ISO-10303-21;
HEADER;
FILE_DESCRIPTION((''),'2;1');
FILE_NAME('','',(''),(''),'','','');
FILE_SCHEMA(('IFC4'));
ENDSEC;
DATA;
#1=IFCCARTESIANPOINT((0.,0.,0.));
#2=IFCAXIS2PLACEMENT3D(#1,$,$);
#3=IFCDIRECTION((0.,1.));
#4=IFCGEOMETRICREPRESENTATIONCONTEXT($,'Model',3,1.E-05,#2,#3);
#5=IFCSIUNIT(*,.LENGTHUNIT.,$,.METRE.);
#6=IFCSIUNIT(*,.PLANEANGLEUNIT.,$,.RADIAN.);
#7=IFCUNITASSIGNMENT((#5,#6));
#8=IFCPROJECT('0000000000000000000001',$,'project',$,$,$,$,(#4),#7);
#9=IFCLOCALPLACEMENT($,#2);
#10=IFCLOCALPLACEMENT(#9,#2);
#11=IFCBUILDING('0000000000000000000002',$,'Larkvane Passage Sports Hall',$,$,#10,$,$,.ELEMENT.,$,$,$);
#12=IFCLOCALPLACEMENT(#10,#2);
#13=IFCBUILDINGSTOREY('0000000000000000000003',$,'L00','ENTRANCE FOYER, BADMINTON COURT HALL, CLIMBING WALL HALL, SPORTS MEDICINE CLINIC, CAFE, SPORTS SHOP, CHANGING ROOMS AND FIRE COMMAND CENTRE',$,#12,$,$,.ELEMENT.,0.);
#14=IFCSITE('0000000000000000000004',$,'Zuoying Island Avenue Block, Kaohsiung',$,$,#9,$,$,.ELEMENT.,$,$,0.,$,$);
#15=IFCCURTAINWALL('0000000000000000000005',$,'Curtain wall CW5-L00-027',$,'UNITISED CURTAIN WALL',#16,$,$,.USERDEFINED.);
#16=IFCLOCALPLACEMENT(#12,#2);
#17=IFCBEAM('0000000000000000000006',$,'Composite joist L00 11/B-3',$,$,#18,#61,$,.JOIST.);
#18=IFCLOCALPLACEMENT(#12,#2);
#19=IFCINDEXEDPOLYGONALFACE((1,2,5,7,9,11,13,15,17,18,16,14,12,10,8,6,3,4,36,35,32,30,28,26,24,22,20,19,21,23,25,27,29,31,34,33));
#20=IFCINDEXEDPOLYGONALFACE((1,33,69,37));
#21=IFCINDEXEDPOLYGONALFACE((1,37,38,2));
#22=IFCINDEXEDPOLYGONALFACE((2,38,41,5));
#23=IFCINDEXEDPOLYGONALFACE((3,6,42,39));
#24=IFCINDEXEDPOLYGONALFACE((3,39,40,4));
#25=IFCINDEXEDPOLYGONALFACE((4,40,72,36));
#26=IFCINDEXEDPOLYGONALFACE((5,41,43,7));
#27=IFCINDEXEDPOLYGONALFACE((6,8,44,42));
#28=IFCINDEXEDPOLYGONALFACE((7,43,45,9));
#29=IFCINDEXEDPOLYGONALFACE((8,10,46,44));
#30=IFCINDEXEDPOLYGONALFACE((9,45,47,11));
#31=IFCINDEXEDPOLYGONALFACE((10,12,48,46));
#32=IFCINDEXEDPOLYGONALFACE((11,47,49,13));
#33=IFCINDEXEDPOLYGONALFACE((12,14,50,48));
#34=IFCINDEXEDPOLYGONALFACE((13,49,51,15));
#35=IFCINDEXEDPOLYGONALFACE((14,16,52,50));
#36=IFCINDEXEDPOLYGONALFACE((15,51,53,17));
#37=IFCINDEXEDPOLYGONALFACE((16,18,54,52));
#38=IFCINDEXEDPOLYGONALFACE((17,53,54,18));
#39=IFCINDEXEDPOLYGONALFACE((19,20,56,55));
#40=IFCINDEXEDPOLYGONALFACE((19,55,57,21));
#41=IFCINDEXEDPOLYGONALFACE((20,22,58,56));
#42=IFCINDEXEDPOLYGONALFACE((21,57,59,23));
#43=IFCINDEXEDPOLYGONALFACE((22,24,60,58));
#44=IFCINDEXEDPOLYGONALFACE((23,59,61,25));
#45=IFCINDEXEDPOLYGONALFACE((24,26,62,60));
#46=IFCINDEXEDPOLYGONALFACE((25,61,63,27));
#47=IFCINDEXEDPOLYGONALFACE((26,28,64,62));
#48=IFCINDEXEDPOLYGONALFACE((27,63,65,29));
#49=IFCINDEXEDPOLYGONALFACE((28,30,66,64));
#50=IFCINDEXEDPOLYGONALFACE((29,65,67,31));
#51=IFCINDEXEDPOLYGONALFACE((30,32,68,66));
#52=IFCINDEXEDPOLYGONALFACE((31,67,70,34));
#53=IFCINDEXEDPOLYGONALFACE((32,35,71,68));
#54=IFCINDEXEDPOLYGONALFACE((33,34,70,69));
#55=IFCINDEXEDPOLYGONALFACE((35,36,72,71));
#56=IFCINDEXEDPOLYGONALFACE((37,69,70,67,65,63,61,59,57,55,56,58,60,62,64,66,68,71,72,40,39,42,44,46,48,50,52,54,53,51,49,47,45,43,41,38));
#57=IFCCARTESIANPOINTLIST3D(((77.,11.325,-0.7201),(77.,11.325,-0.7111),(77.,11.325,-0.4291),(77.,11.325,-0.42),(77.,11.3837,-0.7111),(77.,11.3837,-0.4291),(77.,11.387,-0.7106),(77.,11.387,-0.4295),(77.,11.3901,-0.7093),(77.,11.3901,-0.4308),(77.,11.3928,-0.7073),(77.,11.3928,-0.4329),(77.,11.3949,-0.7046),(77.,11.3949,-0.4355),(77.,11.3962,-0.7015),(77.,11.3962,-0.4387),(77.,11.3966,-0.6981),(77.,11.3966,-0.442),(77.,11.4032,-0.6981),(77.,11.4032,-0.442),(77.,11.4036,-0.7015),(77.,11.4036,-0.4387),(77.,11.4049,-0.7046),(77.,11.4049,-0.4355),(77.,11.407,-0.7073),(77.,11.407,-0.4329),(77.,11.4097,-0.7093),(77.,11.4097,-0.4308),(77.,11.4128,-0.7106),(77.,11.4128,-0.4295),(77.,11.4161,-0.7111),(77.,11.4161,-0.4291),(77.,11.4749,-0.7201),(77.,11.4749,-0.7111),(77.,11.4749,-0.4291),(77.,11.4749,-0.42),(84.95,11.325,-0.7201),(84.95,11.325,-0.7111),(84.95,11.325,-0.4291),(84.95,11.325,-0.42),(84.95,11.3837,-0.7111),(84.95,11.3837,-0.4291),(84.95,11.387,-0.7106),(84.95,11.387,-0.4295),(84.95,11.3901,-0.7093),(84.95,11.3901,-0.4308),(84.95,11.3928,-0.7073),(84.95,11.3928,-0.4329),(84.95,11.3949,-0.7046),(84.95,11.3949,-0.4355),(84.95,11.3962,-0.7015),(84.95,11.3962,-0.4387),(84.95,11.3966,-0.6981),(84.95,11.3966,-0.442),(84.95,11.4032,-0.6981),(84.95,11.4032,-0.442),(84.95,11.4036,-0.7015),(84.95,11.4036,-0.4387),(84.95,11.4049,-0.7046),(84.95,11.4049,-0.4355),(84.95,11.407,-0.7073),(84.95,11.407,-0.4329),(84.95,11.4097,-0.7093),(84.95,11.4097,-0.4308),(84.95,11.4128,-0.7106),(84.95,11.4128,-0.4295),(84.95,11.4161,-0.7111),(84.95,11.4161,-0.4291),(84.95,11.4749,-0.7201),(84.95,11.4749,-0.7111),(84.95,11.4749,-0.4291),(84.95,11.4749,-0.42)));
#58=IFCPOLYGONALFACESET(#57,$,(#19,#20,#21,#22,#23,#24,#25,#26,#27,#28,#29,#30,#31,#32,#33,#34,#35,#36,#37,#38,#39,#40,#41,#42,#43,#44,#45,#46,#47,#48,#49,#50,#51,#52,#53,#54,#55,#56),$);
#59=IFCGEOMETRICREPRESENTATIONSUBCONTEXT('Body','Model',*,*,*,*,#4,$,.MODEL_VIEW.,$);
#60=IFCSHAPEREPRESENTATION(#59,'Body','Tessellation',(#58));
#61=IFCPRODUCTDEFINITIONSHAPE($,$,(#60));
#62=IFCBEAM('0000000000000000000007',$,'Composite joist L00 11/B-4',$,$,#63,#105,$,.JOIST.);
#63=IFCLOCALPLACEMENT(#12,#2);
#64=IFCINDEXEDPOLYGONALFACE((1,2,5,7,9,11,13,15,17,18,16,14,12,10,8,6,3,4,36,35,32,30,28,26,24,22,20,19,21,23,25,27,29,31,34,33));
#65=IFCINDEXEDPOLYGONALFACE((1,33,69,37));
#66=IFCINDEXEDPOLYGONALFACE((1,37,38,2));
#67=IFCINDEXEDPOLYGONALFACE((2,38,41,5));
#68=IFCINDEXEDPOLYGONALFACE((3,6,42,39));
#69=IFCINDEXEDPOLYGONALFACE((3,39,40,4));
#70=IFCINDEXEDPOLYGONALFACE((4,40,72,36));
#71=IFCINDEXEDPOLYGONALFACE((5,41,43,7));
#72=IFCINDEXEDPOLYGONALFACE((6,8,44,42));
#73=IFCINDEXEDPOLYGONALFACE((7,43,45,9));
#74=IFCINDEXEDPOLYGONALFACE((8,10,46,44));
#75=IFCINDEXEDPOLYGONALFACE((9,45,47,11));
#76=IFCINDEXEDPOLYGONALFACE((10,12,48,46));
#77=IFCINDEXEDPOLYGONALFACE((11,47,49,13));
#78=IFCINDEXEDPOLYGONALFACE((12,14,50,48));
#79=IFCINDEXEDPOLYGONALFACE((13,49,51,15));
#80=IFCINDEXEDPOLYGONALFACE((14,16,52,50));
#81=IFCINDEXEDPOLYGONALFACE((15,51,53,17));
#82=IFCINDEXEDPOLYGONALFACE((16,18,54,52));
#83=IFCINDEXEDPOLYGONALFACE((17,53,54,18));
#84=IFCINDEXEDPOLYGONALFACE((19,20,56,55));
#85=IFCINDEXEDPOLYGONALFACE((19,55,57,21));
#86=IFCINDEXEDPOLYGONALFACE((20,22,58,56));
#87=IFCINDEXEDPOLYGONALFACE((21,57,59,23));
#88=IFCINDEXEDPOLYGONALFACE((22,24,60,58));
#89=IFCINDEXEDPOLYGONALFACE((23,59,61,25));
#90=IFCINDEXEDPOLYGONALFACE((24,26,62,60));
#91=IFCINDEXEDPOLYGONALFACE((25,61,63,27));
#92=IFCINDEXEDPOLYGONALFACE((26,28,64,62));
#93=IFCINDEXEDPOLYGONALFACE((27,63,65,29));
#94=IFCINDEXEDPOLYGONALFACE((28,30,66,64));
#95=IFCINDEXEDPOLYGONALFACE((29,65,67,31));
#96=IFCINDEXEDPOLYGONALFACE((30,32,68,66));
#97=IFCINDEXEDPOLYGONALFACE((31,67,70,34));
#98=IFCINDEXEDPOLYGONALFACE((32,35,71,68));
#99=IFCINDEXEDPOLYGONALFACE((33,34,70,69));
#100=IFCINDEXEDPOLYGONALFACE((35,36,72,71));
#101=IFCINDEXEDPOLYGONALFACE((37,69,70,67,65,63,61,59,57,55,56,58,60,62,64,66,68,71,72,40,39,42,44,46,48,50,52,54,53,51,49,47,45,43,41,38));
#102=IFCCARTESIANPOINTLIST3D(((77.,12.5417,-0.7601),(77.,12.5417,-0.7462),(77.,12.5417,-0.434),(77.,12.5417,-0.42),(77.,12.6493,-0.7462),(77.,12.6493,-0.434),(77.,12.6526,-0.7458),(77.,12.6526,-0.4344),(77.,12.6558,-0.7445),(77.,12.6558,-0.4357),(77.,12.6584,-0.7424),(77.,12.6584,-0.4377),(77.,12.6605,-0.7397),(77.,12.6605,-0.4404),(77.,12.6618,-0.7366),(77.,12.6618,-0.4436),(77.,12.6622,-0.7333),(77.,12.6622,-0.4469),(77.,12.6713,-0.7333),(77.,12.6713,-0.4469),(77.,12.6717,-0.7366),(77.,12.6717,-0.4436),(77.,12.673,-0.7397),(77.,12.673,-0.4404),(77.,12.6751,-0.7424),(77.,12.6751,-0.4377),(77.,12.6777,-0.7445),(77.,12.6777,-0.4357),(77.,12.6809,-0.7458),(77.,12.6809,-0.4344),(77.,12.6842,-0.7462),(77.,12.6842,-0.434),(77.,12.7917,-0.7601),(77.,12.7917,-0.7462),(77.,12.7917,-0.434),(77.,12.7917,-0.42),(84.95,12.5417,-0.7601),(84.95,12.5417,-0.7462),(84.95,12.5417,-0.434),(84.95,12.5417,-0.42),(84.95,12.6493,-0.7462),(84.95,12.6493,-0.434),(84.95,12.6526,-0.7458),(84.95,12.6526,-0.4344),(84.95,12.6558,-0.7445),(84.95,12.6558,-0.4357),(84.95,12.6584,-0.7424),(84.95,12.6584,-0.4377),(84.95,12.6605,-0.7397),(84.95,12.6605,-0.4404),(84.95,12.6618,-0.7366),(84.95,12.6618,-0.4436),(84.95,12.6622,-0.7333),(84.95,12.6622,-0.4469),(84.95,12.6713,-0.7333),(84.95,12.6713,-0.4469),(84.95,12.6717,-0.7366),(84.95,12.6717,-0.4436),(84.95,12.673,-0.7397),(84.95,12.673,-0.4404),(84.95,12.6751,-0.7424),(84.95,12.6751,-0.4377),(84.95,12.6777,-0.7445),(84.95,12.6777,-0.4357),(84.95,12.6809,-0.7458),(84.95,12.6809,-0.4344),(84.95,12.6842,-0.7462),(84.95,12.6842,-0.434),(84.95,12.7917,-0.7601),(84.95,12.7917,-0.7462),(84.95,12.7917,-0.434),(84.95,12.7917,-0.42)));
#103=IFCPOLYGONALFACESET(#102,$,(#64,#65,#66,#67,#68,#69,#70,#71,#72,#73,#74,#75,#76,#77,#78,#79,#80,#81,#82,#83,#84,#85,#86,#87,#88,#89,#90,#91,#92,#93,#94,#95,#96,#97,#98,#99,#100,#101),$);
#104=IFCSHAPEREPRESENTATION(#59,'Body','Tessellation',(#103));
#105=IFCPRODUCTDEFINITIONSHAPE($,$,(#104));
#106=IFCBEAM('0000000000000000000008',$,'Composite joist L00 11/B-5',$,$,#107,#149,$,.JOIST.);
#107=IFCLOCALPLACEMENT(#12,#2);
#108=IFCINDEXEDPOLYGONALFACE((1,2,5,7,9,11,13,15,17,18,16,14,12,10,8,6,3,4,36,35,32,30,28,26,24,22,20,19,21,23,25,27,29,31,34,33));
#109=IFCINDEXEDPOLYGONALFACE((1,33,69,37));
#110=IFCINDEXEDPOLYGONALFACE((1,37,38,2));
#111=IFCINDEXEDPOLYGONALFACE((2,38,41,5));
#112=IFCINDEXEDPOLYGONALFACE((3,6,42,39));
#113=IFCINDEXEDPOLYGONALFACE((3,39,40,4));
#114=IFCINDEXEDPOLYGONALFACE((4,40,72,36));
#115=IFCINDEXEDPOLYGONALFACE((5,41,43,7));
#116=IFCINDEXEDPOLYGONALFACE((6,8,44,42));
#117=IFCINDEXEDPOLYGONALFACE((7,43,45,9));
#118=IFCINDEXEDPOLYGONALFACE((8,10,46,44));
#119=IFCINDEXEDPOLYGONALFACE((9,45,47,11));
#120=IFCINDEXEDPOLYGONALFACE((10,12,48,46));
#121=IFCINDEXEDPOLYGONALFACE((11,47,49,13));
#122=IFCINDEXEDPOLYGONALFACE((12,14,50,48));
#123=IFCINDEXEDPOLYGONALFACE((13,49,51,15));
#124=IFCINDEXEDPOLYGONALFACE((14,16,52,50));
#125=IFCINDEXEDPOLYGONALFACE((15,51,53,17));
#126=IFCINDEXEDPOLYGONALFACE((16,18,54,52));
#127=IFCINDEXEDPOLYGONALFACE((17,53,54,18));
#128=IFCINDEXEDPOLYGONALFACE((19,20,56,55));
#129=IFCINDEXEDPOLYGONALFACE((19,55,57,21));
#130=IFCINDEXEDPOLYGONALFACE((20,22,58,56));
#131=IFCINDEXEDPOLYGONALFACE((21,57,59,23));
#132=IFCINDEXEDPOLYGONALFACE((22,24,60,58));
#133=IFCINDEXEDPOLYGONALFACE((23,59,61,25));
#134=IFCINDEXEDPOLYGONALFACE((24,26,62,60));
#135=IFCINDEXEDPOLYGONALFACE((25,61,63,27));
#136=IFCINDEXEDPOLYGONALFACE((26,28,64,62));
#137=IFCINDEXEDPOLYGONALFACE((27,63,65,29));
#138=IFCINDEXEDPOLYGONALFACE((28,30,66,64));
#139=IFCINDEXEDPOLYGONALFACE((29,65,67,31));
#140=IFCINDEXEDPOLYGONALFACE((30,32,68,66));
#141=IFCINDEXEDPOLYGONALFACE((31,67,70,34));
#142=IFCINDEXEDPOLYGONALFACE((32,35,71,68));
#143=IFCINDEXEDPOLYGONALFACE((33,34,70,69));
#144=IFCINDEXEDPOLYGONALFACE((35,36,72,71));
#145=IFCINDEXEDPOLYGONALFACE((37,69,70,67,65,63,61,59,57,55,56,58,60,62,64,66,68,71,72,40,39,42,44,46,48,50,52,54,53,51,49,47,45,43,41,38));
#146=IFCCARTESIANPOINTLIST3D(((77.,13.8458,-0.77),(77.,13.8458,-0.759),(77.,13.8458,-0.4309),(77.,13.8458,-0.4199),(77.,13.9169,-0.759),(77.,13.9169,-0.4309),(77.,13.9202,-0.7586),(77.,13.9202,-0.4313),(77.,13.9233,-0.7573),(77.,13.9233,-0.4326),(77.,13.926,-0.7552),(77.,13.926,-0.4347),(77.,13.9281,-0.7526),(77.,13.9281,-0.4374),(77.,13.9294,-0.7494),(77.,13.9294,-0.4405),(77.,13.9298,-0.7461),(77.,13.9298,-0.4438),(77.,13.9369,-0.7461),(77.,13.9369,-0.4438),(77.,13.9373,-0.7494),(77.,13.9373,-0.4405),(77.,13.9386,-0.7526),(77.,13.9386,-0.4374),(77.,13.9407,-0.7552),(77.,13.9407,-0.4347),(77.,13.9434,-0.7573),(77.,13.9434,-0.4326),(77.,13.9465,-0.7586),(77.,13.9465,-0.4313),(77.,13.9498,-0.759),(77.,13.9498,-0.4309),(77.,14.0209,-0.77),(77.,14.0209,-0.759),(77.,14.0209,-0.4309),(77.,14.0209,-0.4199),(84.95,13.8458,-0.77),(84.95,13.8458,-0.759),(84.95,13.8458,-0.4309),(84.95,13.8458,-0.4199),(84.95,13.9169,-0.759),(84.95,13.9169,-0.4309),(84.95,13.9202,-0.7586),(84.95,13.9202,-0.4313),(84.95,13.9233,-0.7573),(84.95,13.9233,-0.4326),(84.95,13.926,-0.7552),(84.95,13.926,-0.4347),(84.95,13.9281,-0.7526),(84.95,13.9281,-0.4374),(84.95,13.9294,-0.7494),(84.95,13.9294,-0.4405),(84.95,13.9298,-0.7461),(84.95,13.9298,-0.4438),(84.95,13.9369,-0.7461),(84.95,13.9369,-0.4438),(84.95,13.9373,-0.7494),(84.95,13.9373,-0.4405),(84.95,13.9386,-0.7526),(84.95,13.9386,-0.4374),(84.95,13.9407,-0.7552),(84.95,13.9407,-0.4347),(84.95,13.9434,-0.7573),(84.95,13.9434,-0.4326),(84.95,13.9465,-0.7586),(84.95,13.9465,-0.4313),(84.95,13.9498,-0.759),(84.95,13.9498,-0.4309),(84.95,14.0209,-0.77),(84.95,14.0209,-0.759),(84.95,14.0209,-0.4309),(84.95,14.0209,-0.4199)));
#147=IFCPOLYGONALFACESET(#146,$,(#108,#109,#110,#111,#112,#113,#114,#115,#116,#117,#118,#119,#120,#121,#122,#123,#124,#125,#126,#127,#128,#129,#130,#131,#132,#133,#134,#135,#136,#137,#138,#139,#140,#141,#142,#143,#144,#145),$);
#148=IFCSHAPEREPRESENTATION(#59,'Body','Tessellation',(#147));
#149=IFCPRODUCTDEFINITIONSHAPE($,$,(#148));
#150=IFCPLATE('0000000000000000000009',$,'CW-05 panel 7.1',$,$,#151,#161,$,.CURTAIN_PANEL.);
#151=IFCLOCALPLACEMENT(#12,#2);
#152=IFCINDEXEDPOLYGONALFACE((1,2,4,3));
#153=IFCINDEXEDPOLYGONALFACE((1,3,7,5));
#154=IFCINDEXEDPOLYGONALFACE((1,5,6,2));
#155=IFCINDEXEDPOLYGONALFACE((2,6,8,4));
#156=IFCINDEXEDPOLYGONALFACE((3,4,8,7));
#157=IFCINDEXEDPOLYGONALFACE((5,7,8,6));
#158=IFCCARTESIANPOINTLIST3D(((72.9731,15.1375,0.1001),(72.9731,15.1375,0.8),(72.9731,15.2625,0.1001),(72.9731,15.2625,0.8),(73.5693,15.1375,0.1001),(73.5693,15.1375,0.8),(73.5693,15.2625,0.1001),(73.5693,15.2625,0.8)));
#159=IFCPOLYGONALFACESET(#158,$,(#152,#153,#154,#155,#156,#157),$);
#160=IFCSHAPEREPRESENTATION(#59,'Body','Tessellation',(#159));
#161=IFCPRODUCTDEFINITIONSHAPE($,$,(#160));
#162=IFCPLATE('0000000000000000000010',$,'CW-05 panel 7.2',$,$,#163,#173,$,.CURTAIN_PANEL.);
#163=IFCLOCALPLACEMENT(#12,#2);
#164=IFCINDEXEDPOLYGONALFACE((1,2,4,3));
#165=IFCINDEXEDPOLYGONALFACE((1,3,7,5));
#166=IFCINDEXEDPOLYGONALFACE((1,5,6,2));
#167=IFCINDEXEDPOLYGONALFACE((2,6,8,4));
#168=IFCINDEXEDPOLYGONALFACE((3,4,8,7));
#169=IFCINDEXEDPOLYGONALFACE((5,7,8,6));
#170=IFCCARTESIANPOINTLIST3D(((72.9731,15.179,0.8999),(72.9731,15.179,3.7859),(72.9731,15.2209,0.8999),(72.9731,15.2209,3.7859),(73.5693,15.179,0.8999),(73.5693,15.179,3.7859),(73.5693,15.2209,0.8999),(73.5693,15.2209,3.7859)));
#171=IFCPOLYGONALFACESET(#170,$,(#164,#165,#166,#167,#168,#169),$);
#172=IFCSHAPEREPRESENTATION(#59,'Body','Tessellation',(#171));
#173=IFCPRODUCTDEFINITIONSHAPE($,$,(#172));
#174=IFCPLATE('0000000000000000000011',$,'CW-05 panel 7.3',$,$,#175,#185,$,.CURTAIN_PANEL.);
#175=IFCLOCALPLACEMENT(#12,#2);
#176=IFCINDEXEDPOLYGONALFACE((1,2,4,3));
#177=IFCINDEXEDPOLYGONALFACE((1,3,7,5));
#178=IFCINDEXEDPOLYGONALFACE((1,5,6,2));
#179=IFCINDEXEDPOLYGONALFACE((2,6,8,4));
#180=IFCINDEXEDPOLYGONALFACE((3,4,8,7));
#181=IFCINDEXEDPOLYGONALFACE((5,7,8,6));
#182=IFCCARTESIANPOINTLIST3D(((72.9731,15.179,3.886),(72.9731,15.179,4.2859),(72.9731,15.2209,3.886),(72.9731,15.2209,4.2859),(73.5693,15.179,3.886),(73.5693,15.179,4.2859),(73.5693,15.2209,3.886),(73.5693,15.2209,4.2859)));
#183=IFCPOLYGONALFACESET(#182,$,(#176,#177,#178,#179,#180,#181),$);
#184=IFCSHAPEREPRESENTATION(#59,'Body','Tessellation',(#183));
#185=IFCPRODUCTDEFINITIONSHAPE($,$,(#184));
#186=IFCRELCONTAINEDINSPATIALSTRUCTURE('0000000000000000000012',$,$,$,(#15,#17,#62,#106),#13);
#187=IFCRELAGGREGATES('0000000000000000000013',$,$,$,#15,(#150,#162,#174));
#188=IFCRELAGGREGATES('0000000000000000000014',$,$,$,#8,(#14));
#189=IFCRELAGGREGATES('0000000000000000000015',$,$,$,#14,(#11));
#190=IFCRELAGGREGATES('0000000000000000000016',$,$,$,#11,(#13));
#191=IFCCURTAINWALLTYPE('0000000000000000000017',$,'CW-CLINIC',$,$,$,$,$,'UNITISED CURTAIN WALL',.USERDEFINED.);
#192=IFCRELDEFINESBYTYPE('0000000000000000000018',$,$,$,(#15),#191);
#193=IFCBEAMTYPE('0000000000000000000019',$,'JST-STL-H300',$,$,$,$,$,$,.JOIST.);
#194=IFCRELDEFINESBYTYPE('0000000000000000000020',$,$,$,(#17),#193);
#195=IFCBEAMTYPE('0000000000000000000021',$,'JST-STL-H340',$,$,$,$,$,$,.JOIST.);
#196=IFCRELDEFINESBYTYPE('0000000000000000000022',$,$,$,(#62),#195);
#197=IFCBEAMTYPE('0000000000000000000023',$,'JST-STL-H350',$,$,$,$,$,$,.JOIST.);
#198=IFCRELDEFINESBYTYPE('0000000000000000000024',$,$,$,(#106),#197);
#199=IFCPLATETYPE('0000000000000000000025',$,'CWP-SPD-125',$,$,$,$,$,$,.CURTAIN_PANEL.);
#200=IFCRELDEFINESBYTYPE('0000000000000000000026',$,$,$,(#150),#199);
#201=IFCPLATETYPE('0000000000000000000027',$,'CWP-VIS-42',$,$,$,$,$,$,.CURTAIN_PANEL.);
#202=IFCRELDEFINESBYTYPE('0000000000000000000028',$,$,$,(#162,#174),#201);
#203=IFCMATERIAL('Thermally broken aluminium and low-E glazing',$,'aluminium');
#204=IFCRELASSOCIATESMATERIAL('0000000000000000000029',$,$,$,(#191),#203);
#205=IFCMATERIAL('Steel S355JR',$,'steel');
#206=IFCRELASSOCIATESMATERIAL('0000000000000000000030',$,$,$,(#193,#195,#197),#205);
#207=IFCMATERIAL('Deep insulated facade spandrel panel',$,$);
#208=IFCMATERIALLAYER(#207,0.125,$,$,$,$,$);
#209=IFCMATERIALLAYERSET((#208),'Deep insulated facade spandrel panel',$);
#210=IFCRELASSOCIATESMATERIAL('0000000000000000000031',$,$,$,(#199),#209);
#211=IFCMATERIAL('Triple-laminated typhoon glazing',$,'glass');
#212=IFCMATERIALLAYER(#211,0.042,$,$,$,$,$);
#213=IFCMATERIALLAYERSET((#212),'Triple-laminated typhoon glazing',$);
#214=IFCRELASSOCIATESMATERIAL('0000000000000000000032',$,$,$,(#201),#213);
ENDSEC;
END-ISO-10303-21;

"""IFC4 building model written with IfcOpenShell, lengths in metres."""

from ifc_helpers import new_model, si_unit, direction, frame, origin, origin_2d, place, context, subcontext, project, spatial, rectangle, i_section, extrude, material, layer, layer_set, material_profile, profile_set, type_object, element, aggregate, save


model = new_model("IFC4")

# Units and contexts
model_context = context("Model", 3, precision=1e-05, world=origin(), true_north=direction((0.0, 1.0)))
body_context = subcontext(model_context, "Body", "Model", "MODEL_VIEW")
ifc_project = project(units=[si_unit("LENGTHUNIT", "METRE"), si_unit("PLANEANGLEUNIT", "RADIAN")], contexts=[model_context])

# Site, building, storey
site_placement = place(None, origin())
site = spatial("IfcSite", under=ifc_project, at=site_placement, Name="Zuoying Island Avenue Block, Kaohsiung", CompositionType="ELEMENT", RefElevation=0.0)
building_placement = place(site_placement, origin())
building = spatial("IfcBuilding", under=site, at=building_placement, Name="Larkvane Passage Sports Hall", CompositionType="ELEMENT")
storey_placement = place(building_placement, origin())
storey = spatial("IfcBuildingStorey", under=building, at=storey_placement, Name="L00", Description="ENTRANCE FOYER, BADMINTON COURT HALL, CLIMBING WALL HALL, SPORTS MEDICINE CLINIC, CAFE, SPORTS SHOP, CHANGING ROOMS AND FIRE COMMAND CENTRE", CompositionType="ELEMENT", Elevation=0.0)

# Shared definitions
ifc_material_1 = material(Name="Steel S355JR", Category="steel")

# Curtain wall
ifc_material_2 = material(Name="Thermally broken aluminium and low-E glazing", Category="aluminium")
curtain_wall_type = type_object("IfcCurtainWallType", Name="CW-CLINIC", ElementType="UNITISED CURTAIN WALL", PredefinedType="USERDEFINED", material=ifc_material_2)
curtain_wall_placement = place(storey_placement, origin())
curtain_wall = element("IfcCurtainWall", 1, at=curtain_wall_placement, inside=storey, type_object=curtain_wall_type, Name="Curtain wall CW5-L00-027", ObjectType="UNITISED CURTAIN WALL", PredefinedType="USERDEFINED")

# Beams
ifc_material_profile_1 = material_profile(ifc_material_1, i_section(OverallWidth=0.1499, OverallDepth=0.3, WebThickness=0.0066, FlangeThickness=0.009, FilletRadius=0.0129, at=origin_2d()), Name="H-300x150x6.5x9")
ifc_profile_set_1 = profile_set([ifc_material_profile_1], Name="Steel S355JR")
beam_type_1 = type_object("IfcBeamType", Name="JST-STL-H300", PredefinedType="JOIST", material=ifc_profile_set_1)
beam_1_placement = place(storey_placement, frame((77.0, 11.3999, -0.5701), z_axis=(1.0, 0.0, 0.0), x_axis=(0.0, 1.0, 0.0)))
element("IfcBeam", 2, at=beam_1_placement, inside=storey, type_object=beam_type_1, Name="Composite joist L00 11/B-3", PredefinedType="JOIST", context=body_context, shape_type="SweptSolid", body=[
    extrude(i_section(OverallWidth=0.1499, OverallDepth=0.3, WebThickness=0.0066, FlangeThickness=0.009, FilletRadius=0.0129, at=origin_2d()), origin(), (0.0, 0.0, 1.0), 7.95),
])
ifc_material_profile_2 = material_profile(ifc_material_1, i_section(OverallWidth=0.25, OverallDepth=0.3401, WebThickness=0.009, FlangeThickness=0.0139, FilletRadius=0.0129, at=origin_2d()), Name="H-340x250x9x14")
ifc_profile_set_2 = profile_set([ifc_material_profile_2], Name="Steel S355JR")
beam_type_2 = type_object("IfcBeamType", Name="JST-STL-H340", PredefinedType="JOIST", material=ifc_profile_set_2)
beam_2_placement = place(storey_placement, frame((77.0, 12.6667, -0.5901), z_axis=(1.0, 0.0, 0.0), x_axis=(0.0, 1.0, 0.0)))
element("IfcBeam", 3, at=beam_2_placement, inside=storey, type_object=beam_type_2, Name="Composite joist L00 11/B-4", PredefinedType="JOIST", context=body_context, shape_type="SweptSolid", body=[
    extrude(i_section(OverallWidth=0.25, OverallDepth=0.3401, WebThickness=0.009, FlangeThickness=0.0139, FilletRadius=0.0129, at=origin_2d()), origin(), (0.0, 0.0, 1.0), 7.95),
])
ifc_material_profile_3 = material_profile(ifc_material_1, i_section(OverallWidth=0.175, OverallDepth=0.3501, WebThickness=0.0071, FlangeThickness=0.011, FilletRadius=0.0129, at=origin_2d()), Name="H-350x175x7x11")
ifc_profile_set_3 = profile_set([ifc_material_profile_3], Name="Steel S355JR")
beam_type_3 = type_object("IfcBeamType", Name="JST-STL-H350", PredefinedType="JOIST", material=ifc_profile_set_3)
beam_3_placement = place(storey_placement, frame((77.0, 13.9333, -0.595), z_axis=(1.0, 0.0, 0.0), x_axis=(0.0, 1.0, 0.0)))
element("IfcBeam", 4, at=beam_3_placement, inside=storey, type_object=beam_type_3, Name="Composite joist L00 11/B-5", PredefinedType="JOIST", context=body_context, shape_type="SweptSolid", body=[
    extrude(i_section(OverallWidth=0.175, OverallDepth=0.3501, WebThickness=0.0071, FlangeThickness=0.011, FilletRadius=0.0129, at=origin_2d()), origin(), (0.0, 0.0, 1.0), 7.95),
])

# Plates
ifc_material_3 = material(Name="Deep insulated facade spandrel panel")
ifc_layer_1 = layer(ifc_material_3, 0.125)
ifc_layer_set_1 = layer_set([ifc_layer_1], Name="Deep insulated facade spandrel panel")
plate_type_1 = type_object("IfcPlateType", Name="CWP-SPD-125", PredefinedType="CURTAIN_PANEL", material=ifc_layer_set_1)
plate_1_placement = place(storey_placement, frame((73.2712, 15.2, 0.1001), z_axis=(0.0, 0.0, 1.0), x_axis=(1.0, 0.0, 0.0)))
plate_1 = element("IfcPlate", 5, at=plate_1_placement, type_object=plate_type_1, Name="CW-05 panel 7.1", PredefinedType="CURTAIN_PANEL", context=body_context, shape_type="SweptSolid", body=[
    extrude(rectangle(XDim=0.5962, YDim=0.125, at=origin_2d()), origin(), (0.0, 0.0, 1.0), 0.7),
])
ifc_material_4 = material(Name="Triple-laminated typhoon glazing", Category="glass")
ifc_layer_2 = layer(ifc_material_4, 0.042)
ifc_layer_set_2 = layer_set([ifc_layer_2], Name="Triple-laminated typhoon glazing")
plate_type_2 = type_object("IfcPlateType", Name="CWP-VIS-42", PredefinedType="CURTAIN_PANEL", material=ifc_layer_set_2)
plate_2_placement = place(storey_placement, frame((73.2712, 15.2, 0.8999), z_axis=(0.0, 0.0, 1.0), x_axis=(1.0, 0.0, 0.0)))
plate_2 = element("IfcPlate", 6, at=plate_2_placement, type_object=plate_type_2, Name="CW-05 panel 7.2", PredefinedType="CURTAIN_PANEL", context=body_context, shape_type="SweptSolid", body=[
    extrude(rectangle(XDim=0.5962, YDim=0.042, at=origin_2d()), origin(), (0.0, 0.0, 1.0), 2.886),
])
plate_3_placement = place(storey_placement, frame((73.2712, 15.2, 3.886), z_axis=(0.0, 0.0, 1.0), x_axis=(1.0, 0.0, 0.0)))
plate_3 = element("IfcPlate", 7, at=plate_3_placement, type_object=plate_type_2, Name="CW-05 panel 7.3", PredefinedType="CURTAIN_PANEL", context=body_context, shape_type="SweptSolid", body=[
    extrude(rectangle(XDim=0.5962, YDim=0.042, at=origin_2d()), origin(), (0.0, 0.0, 1.0), 0.3999),
])
aggregate(curtain_wall, [plate_1, plate_2, plate_3])

save(model, "model.ifc")
